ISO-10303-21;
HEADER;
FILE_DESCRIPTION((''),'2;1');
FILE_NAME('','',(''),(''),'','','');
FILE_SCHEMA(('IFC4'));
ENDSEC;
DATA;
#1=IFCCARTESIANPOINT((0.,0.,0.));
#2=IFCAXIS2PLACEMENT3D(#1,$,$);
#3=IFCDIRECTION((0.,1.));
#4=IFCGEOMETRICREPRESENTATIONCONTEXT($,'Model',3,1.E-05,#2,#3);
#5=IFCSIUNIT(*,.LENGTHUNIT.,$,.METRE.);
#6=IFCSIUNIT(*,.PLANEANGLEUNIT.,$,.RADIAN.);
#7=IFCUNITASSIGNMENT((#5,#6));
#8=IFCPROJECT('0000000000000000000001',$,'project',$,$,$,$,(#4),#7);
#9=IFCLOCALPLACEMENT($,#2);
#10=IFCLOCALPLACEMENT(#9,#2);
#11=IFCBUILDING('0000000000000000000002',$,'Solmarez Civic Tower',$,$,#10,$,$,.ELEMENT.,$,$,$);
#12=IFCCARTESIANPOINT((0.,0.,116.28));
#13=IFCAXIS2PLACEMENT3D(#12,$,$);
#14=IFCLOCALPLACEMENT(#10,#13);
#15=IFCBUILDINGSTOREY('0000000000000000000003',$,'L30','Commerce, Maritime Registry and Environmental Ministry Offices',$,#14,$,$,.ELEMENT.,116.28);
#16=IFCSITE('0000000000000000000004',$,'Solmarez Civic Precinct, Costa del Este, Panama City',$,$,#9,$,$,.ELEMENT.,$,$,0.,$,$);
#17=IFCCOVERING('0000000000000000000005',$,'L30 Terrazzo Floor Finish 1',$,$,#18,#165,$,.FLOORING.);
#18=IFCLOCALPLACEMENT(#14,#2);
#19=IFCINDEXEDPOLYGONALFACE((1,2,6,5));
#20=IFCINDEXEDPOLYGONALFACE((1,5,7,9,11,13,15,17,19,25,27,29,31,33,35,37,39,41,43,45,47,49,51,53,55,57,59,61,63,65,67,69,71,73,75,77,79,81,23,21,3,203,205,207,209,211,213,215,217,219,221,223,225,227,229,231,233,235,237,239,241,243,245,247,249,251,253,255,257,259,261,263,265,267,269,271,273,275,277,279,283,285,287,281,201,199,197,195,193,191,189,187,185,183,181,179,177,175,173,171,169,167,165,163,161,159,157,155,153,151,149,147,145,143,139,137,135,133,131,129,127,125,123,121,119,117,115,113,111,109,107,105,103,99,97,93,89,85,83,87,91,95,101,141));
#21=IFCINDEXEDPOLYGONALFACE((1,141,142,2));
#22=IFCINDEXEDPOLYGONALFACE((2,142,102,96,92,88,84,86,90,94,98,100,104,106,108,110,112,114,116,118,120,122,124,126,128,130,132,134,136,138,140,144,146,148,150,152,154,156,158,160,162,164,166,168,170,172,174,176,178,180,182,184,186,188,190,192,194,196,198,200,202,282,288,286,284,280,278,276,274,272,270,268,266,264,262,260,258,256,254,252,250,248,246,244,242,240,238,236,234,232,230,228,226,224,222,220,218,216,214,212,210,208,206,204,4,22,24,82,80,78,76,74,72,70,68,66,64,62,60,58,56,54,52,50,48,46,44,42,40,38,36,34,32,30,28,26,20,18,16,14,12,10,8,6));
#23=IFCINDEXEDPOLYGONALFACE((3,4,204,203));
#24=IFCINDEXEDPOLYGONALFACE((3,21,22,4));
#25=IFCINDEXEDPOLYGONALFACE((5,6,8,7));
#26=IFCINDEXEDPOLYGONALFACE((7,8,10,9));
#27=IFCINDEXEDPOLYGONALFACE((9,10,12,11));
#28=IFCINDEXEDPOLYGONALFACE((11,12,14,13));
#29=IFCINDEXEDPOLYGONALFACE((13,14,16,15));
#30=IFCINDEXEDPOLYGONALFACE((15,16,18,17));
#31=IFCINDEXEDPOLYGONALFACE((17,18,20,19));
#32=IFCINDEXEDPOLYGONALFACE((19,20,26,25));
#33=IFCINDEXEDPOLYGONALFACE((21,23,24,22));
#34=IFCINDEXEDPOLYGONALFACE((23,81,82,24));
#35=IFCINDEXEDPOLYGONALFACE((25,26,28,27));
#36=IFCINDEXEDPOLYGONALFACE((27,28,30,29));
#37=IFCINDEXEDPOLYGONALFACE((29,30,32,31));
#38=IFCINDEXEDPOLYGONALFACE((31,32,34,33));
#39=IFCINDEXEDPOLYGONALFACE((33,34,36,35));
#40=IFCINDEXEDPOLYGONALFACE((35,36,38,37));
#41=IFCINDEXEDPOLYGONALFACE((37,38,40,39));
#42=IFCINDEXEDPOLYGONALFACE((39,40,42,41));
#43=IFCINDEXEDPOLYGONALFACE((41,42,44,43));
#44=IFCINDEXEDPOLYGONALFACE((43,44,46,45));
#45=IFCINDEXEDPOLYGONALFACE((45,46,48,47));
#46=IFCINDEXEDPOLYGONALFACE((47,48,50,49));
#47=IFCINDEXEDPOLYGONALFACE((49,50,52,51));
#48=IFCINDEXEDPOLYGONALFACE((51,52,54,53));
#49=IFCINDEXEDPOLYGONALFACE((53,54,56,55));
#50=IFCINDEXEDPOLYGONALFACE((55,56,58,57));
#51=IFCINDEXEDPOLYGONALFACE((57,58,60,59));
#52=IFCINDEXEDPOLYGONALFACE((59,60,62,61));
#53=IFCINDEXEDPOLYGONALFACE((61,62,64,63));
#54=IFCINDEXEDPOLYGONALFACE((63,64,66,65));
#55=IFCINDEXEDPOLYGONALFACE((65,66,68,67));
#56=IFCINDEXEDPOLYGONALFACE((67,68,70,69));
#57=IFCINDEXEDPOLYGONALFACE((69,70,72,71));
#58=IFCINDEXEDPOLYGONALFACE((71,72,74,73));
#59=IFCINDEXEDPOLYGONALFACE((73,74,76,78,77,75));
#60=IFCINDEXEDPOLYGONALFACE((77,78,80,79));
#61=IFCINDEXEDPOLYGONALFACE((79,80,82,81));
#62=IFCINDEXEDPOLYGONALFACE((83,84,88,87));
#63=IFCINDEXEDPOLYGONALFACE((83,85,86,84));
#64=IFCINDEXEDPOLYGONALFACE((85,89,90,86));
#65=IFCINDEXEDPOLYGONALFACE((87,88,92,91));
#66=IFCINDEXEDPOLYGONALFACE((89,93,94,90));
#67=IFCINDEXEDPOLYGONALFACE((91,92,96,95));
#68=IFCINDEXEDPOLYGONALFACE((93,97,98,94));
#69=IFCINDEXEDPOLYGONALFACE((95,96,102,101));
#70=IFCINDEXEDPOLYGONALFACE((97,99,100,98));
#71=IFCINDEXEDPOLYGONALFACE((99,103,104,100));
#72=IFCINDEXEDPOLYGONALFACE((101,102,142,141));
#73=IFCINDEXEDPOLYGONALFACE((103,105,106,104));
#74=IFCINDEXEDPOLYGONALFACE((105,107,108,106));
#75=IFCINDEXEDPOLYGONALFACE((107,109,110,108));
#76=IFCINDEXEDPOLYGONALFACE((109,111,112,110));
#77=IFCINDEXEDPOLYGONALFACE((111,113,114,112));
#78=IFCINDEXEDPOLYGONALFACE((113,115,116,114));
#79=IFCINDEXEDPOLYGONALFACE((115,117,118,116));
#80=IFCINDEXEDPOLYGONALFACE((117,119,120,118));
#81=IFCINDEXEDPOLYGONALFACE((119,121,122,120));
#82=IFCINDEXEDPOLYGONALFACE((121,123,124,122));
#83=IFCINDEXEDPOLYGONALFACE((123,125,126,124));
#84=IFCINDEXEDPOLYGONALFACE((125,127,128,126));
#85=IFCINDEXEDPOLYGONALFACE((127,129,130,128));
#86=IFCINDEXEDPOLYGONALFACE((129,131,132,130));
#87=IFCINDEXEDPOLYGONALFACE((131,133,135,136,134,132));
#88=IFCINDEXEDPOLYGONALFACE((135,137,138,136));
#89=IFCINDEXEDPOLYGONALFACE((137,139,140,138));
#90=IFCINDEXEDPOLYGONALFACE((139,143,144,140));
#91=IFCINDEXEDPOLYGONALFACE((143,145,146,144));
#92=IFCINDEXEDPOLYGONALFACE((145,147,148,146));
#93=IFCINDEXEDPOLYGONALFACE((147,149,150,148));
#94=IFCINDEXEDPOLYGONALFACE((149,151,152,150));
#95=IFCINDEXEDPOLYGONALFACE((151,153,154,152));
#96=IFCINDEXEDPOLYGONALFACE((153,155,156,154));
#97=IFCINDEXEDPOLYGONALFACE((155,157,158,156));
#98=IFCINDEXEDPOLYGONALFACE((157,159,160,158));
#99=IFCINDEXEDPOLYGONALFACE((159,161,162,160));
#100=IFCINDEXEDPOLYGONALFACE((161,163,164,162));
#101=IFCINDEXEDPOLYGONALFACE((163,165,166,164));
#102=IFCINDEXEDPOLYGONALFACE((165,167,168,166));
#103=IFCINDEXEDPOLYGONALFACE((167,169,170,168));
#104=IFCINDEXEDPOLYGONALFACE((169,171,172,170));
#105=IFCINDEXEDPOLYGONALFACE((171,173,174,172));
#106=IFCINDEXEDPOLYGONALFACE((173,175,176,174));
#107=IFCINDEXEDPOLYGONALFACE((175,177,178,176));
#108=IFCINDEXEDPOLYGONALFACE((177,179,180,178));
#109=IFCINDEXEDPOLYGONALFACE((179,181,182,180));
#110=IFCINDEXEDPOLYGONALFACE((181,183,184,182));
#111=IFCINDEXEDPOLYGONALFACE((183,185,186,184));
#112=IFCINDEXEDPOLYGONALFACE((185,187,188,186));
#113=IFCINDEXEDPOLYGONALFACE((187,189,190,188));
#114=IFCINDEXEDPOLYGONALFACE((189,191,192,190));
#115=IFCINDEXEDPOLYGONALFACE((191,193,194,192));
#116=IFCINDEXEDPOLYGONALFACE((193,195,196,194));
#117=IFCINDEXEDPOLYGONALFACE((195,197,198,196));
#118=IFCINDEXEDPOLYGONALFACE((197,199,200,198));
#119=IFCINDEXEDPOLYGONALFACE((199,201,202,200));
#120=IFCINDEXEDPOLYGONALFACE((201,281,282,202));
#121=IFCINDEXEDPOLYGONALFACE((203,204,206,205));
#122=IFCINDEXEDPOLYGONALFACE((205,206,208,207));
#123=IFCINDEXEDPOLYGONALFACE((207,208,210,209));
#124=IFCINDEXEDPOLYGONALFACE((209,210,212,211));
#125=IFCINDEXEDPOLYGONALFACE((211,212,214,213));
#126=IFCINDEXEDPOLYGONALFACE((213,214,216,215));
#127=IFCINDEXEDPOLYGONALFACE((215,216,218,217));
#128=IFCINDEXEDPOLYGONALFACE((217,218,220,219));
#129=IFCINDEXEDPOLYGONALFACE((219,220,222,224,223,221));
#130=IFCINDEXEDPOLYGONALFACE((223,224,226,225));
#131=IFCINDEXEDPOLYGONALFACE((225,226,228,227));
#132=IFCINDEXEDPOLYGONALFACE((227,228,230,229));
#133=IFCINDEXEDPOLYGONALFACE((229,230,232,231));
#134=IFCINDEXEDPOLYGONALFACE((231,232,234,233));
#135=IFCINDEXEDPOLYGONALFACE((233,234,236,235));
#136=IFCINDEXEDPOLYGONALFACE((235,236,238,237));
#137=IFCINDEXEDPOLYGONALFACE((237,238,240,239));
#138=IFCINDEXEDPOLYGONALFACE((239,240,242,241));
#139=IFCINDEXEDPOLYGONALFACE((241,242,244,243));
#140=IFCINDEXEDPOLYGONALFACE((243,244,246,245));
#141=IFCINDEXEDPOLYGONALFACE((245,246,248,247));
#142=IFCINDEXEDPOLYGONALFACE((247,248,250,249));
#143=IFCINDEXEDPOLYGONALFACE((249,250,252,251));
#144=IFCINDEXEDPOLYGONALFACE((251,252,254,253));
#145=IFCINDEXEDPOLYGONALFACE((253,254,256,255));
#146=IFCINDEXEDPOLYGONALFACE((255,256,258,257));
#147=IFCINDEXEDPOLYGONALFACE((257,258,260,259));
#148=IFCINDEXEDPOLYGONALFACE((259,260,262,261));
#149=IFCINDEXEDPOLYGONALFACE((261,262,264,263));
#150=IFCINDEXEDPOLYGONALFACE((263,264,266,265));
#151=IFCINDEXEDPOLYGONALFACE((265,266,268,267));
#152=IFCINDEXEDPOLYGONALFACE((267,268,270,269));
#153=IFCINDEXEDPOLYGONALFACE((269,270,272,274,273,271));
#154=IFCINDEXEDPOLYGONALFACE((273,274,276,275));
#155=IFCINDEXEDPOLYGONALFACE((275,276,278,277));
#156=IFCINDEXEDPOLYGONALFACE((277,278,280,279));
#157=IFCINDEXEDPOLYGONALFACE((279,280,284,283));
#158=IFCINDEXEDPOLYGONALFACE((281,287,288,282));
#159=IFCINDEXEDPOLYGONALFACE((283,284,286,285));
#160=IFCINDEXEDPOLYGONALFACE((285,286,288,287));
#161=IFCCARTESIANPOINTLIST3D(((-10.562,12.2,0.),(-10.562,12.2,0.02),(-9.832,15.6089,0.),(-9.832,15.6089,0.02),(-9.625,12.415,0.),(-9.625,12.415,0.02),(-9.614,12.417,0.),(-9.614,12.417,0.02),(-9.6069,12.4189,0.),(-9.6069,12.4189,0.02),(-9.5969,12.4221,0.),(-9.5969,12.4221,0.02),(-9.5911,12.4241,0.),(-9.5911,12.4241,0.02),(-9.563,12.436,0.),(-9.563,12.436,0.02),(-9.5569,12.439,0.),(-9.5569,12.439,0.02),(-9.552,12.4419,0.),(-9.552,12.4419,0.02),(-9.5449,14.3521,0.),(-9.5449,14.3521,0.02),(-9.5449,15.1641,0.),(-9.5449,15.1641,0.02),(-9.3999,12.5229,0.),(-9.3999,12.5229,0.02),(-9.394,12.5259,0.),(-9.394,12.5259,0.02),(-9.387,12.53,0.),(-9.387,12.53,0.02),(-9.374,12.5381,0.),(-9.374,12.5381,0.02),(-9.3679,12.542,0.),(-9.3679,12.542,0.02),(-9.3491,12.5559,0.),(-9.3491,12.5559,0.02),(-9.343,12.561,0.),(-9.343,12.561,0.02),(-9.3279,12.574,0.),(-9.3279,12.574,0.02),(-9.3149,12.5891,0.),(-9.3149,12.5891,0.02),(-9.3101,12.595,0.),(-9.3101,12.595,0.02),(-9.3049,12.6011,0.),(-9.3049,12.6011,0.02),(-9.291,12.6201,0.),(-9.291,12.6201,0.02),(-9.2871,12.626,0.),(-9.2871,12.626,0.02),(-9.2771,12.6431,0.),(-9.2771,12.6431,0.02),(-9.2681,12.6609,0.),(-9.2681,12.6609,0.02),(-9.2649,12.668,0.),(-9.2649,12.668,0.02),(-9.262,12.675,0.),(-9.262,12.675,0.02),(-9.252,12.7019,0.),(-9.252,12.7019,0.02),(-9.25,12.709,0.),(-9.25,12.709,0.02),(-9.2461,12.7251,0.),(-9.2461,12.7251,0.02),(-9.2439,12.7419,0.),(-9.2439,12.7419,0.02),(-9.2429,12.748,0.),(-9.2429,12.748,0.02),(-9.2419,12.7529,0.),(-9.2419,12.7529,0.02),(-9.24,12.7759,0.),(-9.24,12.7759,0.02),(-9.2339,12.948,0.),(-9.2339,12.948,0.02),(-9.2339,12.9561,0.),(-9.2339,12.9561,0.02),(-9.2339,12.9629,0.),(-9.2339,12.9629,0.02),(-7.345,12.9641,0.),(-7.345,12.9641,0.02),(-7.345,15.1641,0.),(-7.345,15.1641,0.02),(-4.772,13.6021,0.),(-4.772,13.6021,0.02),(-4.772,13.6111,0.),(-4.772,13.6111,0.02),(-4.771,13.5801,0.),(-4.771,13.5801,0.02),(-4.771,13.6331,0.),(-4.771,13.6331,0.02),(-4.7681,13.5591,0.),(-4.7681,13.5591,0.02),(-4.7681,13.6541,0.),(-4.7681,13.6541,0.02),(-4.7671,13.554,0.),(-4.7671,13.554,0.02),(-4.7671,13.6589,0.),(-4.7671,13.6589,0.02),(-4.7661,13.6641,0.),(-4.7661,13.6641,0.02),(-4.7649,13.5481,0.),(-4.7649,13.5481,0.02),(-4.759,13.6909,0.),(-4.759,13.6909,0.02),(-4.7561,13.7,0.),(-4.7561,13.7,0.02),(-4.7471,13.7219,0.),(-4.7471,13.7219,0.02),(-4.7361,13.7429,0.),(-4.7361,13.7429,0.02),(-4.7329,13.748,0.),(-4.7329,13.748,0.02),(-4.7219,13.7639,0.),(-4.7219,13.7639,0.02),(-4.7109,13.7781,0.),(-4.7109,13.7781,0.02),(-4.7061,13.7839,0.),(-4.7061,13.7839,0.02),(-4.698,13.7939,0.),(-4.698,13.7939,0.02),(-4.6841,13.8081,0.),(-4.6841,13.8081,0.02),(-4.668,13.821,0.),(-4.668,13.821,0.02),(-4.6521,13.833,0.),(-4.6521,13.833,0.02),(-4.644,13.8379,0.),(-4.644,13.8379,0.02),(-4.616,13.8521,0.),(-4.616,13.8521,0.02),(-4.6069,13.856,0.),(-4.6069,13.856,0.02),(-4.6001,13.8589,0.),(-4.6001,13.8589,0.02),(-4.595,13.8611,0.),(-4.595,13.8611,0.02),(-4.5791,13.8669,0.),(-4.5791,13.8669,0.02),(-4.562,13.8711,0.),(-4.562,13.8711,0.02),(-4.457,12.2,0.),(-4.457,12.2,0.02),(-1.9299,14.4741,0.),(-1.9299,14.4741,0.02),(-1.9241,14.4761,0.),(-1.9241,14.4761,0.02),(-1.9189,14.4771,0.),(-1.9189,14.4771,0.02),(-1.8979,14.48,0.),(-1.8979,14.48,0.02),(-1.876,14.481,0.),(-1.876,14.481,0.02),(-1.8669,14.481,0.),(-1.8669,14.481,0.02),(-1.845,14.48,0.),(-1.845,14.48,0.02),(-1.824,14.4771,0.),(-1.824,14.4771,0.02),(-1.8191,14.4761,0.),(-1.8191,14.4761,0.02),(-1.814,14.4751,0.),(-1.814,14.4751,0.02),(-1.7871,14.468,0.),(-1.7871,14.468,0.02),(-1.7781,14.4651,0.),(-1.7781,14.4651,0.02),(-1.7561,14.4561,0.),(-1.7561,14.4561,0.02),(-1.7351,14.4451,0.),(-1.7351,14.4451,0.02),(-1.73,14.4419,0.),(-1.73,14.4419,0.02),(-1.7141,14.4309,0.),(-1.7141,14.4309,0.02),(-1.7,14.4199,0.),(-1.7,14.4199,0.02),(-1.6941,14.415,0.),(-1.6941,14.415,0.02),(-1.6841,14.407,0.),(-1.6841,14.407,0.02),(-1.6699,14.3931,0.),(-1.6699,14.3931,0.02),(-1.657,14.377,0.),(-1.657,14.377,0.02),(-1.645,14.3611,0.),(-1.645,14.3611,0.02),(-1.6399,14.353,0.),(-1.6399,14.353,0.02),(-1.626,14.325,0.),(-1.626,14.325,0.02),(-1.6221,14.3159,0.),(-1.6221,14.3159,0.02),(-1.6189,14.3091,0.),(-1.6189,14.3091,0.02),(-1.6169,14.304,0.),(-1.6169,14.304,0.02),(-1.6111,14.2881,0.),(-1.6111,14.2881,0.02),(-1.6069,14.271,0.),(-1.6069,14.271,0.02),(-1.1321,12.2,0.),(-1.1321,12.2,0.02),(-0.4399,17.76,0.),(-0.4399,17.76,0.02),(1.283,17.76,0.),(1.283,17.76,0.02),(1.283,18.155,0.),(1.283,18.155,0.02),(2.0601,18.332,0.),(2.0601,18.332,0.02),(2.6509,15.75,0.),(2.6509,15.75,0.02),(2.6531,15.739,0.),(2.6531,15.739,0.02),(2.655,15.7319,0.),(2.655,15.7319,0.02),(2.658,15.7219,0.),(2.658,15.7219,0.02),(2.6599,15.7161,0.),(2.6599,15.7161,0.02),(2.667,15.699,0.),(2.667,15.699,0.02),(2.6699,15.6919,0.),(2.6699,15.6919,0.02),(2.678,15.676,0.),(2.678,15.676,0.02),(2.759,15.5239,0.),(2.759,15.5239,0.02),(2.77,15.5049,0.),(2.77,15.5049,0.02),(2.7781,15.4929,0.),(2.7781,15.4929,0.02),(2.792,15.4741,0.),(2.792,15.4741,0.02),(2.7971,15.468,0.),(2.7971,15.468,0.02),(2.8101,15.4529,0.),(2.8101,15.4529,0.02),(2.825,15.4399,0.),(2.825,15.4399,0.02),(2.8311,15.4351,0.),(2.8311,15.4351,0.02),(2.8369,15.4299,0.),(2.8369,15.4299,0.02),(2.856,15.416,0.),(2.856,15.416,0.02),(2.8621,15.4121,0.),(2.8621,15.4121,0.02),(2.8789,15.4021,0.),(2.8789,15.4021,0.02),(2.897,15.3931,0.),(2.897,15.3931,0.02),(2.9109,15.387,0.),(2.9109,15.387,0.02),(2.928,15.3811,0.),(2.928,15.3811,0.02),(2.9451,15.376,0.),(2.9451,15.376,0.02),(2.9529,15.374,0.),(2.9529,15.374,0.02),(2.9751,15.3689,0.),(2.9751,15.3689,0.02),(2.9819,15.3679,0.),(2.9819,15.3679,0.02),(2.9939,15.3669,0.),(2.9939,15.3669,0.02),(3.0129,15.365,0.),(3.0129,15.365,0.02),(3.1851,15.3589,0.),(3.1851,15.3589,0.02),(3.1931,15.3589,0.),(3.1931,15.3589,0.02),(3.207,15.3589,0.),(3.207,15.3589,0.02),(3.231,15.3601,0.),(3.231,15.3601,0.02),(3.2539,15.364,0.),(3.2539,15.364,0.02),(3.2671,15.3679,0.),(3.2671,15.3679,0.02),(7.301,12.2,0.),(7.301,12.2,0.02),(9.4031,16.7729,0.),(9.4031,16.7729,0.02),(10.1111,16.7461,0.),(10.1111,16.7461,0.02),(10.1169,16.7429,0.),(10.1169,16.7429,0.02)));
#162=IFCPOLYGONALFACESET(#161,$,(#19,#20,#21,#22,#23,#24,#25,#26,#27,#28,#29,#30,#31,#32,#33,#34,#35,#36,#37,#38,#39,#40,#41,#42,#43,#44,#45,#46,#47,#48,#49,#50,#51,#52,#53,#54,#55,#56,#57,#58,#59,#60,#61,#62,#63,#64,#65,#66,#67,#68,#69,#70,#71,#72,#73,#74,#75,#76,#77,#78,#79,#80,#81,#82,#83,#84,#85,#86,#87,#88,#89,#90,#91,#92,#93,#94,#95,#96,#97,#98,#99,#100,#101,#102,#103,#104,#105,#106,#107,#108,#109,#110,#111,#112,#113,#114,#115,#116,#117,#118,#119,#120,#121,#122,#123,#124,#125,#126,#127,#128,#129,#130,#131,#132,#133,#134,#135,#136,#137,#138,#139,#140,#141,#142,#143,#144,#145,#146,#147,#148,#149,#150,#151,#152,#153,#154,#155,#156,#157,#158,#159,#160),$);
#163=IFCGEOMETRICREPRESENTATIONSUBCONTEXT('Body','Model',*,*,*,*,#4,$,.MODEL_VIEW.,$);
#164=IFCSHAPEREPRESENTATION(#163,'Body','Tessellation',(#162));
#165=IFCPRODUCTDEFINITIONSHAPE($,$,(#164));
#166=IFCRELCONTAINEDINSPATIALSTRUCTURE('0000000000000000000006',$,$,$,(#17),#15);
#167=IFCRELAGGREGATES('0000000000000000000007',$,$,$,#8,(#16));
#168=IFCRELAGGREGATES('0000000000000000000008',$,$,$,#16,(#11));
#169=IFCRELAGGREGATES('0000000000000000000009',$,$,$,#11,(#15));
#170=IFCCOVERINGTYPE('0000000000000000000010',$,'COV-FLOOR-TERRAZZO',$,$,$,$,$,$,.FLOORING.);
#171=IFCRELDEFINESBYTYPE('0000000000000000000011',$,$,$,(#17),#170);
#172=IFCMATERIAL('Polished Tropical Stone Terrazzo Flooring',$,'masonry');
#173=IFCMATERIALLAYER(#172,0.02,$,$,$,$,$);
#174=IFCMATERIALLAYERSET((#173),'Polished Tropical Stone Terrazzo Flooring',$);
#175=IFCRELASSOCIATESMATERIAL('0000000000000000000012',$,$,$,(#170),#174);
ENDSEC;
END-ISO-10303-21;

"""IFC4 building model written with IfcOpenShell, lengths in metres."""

from ifc_helpers import new_model, si_unit, direction, frame, origin, place, context, subcontext, project, spatial, polyline, outline, extrude, material, layer, layer_set, type_object, element, save


model = new_model("IFC4")

# Units and contexts
model_context = context("Model", 3, precision=1e-05, world=origin(), true_north=direction((0.0, 1.0)))
body_context = subcontext(model_context, "Body", "Model", "MODEL_VIEW")
ifc_project = project(units=[si_unit("LENGTHUNIT", "METRE"), si_unit("PLANEANGLEUNIT", "RADIAN")], contexts=[model_context])

# Site, building, storey
site_placement = place(None, origin())
site = spatial("IfcSite", under=ifc_project, at=site_placement, Name="Solmarez Civic Precinct, Costa del Este, Panama City", CompositionType="ELEMENT", RefElevation=0.0)
building_placement = place(site_placement, origin())
building = spatial("IfcBuilding", under=site, at=building_placement, Name="Solmarez Civic Tower", CompositionType="ELEMENT")
storey_placement = place(building_placement, frame((0.0, 0.0, 116.28)))
storey = spatial("IfcBuildingStorey", under=building, at=storey_placement, Name="L30", Description="Commerce, Maritime Registry and Environmental Ministry Offices", CompositionType="ELEMENT", Elevation=116.28)

# Covering
ifc_material_1 = material(Name="Polished Tropical Stone Terrazzo Flooring", Category="masonry")
ifc_layer_1 = layer(ifc_material_1, 0.02)
ifc_layer_set_1 = layer_set([ifc_layer_1], Name="Polished Tropical Stone Terrazzo Flooring")
covering_type_1 = type_object("IfcCoveringType", Name="COV-FLOOR-TERRAZZO", PredefinedType="FLOORING", material=ifc_layer_set_1)
covering_1_placement = place(storey_placement, origin())
element("IfcCovering", 1, at=covering_1_placement, inside=storey, type_object=covering_type_1, Name="L30 Terrazzo Floor Finish 1", PredefinedType="FLOORING", context=body_context, shape_type="SweptSolid", body=[
    extrude(outline(polyline([(-9.832, 15.6089), (-9.5449, 14.3521), (-9.5449, 15.1641), (-7.345, 15.1641), (-7.345, 12.9641), (-9.2339, 12.9629), (-9.2339, 12.9561), (-9.2339, 12.948), (-9.24, 12.7759), (-9.2419, 12.7529), (-9.2429, 12.748), (-9.2439, 12.7419), (-9.2461, 12.7251), (-9.25, 12.709), (-9.252, 12.7019), (-9.262, 12.675), (-9.2649, 12.668), (-9.2681, 12.6609), (-9.2771, 12.6431), (-9.2871, 12.626), (-9.291, 12.6201), (-9.3049, 12.6011), (-9.3101, 12.595), (-9.3149, 12.5891), (-9.3279, 12.574), (-9.343, 12.561), (-9.3491, 12.5559), (-9.3679, 12.542), (-9.374, 12.5381), (-9.387, 12.53), (-9.394, 12.5259), (-9.3999, 12.5229), (-9.552, 12.4419), (-9.5569, 12.439), (-9.563, 12.436), (-9.5911, 12.4241), (-9.5969, 12.4221), (-9.6069, 12.4189), (-9.614, 12.417), (-9.625, 12.415), (-10.562, 12.2), (-4.457, 12.2), (-4.7649, 13.5481), (-4.7671, 13.554), (-4.7681, 13.5591), (-4.771, 13.5801), (-4.772, 13.6021), (-4.772, 13.6111), (-4.771, 13.6331), (-4.7681, 13.6541), (-4.7671, 13.6589), (-4.7661, 13.6641), (-4.759, 13.6909), (-4.7561, 13.7), (-4.7471, 13.7219), (-4.7361, 13.7429), (-4.7329, 13.748), (-4.7219, 13.7639), (-4.7109, 13.7781), (-4.7061, 13.7839), (-4.698, 13.7939), (-4.6841, 13.8081), (-4.668, 13.821), (-4.6521, 13.833), (-4.644, 13.8379), (-4.616, 13.8521), (-4.6069, 13.856), (-4.6001, 13.8589), (-4.595, 13.8611), (-4.5791, 13.8669), (-4.562, 13.8711), (-1.9299, 14.4741), (-1.9241, 14.4761), (-1.9189, 14.4771), (-1.8979, 14.48), (-1.876, 14.481), (-1.8669, 14.481), (-1.845, 14.48), (-1.824, 14.4771), (-1.8191, 14.4761), (-1.814, 14.4751), (-1.7871, 14.468), (-1.7781, 14.4651), (-1.7561, 14.4561), (-1.7351, 14.4451), (-1.73, 14.4419), (-1.7141, 14.4309), (-1.7, 14.4199), (-1.6941, 14.415), (-1.6841, 14.407), (-1.6699, 14.3931), (-1.657, 14.377), (-1.645, 14.3611), (-1.6399, 14.353), (-1.626, 14.325), (-1.6221, 14.3159), (-1.6189, 14.3091), (-1.6169, 14.304), (-1.6111, 14.2881), (-1.6069, 14.271), (-1.1321, 12.2), (7.301, 12.2), (10.1169, 16.7429), (10.1111, 16.7461), (9.4031, 16.7729), (3.2671, 15.3679), (3.2539, 15.364), (3.231, 15.3601), (3.207, 15.3589), (3.1931, 15.3589), (3.1851, 15.3589), (3.0129, 15.365), (2.9939, 15.3669), (2.9819, 15.3679), (2.9751, 15.3689), (2.9529, 15.374), (2.9451, 15.376), (2.928, 15.3811), (2.9109, 15.387), (2.897, 15.3931), (2.8789, 15.4021), (2.8621, 15.4121), (2.856, 15.416), (2.8369, 15.4299), (2.8311, 15.4351), (2.825, 15.4399), (2.8101, 15.4529), (2.7971, 15.468), (2.792, 15.4741), (2.7781, 15.4929), (2.77, 15.5049), (2.759, 15.5239), (2.678, 15.676), (2.6699, 15.6919), (2.667, 15.699), (2.6599, 15.7161), (2.658, 15.7219), (2.655, 15.7319), (2.6531, 15.739), (2.6509, 15.75), (2.0601, 18.332), (1.283, 18.155), (1.283, 17.76), (-0.4399, 17.76), (-9.832, 15.6089)])), origin(), (0.0, 0.0, 1.0), 0.02),
])

save(model, "model.ifc")
